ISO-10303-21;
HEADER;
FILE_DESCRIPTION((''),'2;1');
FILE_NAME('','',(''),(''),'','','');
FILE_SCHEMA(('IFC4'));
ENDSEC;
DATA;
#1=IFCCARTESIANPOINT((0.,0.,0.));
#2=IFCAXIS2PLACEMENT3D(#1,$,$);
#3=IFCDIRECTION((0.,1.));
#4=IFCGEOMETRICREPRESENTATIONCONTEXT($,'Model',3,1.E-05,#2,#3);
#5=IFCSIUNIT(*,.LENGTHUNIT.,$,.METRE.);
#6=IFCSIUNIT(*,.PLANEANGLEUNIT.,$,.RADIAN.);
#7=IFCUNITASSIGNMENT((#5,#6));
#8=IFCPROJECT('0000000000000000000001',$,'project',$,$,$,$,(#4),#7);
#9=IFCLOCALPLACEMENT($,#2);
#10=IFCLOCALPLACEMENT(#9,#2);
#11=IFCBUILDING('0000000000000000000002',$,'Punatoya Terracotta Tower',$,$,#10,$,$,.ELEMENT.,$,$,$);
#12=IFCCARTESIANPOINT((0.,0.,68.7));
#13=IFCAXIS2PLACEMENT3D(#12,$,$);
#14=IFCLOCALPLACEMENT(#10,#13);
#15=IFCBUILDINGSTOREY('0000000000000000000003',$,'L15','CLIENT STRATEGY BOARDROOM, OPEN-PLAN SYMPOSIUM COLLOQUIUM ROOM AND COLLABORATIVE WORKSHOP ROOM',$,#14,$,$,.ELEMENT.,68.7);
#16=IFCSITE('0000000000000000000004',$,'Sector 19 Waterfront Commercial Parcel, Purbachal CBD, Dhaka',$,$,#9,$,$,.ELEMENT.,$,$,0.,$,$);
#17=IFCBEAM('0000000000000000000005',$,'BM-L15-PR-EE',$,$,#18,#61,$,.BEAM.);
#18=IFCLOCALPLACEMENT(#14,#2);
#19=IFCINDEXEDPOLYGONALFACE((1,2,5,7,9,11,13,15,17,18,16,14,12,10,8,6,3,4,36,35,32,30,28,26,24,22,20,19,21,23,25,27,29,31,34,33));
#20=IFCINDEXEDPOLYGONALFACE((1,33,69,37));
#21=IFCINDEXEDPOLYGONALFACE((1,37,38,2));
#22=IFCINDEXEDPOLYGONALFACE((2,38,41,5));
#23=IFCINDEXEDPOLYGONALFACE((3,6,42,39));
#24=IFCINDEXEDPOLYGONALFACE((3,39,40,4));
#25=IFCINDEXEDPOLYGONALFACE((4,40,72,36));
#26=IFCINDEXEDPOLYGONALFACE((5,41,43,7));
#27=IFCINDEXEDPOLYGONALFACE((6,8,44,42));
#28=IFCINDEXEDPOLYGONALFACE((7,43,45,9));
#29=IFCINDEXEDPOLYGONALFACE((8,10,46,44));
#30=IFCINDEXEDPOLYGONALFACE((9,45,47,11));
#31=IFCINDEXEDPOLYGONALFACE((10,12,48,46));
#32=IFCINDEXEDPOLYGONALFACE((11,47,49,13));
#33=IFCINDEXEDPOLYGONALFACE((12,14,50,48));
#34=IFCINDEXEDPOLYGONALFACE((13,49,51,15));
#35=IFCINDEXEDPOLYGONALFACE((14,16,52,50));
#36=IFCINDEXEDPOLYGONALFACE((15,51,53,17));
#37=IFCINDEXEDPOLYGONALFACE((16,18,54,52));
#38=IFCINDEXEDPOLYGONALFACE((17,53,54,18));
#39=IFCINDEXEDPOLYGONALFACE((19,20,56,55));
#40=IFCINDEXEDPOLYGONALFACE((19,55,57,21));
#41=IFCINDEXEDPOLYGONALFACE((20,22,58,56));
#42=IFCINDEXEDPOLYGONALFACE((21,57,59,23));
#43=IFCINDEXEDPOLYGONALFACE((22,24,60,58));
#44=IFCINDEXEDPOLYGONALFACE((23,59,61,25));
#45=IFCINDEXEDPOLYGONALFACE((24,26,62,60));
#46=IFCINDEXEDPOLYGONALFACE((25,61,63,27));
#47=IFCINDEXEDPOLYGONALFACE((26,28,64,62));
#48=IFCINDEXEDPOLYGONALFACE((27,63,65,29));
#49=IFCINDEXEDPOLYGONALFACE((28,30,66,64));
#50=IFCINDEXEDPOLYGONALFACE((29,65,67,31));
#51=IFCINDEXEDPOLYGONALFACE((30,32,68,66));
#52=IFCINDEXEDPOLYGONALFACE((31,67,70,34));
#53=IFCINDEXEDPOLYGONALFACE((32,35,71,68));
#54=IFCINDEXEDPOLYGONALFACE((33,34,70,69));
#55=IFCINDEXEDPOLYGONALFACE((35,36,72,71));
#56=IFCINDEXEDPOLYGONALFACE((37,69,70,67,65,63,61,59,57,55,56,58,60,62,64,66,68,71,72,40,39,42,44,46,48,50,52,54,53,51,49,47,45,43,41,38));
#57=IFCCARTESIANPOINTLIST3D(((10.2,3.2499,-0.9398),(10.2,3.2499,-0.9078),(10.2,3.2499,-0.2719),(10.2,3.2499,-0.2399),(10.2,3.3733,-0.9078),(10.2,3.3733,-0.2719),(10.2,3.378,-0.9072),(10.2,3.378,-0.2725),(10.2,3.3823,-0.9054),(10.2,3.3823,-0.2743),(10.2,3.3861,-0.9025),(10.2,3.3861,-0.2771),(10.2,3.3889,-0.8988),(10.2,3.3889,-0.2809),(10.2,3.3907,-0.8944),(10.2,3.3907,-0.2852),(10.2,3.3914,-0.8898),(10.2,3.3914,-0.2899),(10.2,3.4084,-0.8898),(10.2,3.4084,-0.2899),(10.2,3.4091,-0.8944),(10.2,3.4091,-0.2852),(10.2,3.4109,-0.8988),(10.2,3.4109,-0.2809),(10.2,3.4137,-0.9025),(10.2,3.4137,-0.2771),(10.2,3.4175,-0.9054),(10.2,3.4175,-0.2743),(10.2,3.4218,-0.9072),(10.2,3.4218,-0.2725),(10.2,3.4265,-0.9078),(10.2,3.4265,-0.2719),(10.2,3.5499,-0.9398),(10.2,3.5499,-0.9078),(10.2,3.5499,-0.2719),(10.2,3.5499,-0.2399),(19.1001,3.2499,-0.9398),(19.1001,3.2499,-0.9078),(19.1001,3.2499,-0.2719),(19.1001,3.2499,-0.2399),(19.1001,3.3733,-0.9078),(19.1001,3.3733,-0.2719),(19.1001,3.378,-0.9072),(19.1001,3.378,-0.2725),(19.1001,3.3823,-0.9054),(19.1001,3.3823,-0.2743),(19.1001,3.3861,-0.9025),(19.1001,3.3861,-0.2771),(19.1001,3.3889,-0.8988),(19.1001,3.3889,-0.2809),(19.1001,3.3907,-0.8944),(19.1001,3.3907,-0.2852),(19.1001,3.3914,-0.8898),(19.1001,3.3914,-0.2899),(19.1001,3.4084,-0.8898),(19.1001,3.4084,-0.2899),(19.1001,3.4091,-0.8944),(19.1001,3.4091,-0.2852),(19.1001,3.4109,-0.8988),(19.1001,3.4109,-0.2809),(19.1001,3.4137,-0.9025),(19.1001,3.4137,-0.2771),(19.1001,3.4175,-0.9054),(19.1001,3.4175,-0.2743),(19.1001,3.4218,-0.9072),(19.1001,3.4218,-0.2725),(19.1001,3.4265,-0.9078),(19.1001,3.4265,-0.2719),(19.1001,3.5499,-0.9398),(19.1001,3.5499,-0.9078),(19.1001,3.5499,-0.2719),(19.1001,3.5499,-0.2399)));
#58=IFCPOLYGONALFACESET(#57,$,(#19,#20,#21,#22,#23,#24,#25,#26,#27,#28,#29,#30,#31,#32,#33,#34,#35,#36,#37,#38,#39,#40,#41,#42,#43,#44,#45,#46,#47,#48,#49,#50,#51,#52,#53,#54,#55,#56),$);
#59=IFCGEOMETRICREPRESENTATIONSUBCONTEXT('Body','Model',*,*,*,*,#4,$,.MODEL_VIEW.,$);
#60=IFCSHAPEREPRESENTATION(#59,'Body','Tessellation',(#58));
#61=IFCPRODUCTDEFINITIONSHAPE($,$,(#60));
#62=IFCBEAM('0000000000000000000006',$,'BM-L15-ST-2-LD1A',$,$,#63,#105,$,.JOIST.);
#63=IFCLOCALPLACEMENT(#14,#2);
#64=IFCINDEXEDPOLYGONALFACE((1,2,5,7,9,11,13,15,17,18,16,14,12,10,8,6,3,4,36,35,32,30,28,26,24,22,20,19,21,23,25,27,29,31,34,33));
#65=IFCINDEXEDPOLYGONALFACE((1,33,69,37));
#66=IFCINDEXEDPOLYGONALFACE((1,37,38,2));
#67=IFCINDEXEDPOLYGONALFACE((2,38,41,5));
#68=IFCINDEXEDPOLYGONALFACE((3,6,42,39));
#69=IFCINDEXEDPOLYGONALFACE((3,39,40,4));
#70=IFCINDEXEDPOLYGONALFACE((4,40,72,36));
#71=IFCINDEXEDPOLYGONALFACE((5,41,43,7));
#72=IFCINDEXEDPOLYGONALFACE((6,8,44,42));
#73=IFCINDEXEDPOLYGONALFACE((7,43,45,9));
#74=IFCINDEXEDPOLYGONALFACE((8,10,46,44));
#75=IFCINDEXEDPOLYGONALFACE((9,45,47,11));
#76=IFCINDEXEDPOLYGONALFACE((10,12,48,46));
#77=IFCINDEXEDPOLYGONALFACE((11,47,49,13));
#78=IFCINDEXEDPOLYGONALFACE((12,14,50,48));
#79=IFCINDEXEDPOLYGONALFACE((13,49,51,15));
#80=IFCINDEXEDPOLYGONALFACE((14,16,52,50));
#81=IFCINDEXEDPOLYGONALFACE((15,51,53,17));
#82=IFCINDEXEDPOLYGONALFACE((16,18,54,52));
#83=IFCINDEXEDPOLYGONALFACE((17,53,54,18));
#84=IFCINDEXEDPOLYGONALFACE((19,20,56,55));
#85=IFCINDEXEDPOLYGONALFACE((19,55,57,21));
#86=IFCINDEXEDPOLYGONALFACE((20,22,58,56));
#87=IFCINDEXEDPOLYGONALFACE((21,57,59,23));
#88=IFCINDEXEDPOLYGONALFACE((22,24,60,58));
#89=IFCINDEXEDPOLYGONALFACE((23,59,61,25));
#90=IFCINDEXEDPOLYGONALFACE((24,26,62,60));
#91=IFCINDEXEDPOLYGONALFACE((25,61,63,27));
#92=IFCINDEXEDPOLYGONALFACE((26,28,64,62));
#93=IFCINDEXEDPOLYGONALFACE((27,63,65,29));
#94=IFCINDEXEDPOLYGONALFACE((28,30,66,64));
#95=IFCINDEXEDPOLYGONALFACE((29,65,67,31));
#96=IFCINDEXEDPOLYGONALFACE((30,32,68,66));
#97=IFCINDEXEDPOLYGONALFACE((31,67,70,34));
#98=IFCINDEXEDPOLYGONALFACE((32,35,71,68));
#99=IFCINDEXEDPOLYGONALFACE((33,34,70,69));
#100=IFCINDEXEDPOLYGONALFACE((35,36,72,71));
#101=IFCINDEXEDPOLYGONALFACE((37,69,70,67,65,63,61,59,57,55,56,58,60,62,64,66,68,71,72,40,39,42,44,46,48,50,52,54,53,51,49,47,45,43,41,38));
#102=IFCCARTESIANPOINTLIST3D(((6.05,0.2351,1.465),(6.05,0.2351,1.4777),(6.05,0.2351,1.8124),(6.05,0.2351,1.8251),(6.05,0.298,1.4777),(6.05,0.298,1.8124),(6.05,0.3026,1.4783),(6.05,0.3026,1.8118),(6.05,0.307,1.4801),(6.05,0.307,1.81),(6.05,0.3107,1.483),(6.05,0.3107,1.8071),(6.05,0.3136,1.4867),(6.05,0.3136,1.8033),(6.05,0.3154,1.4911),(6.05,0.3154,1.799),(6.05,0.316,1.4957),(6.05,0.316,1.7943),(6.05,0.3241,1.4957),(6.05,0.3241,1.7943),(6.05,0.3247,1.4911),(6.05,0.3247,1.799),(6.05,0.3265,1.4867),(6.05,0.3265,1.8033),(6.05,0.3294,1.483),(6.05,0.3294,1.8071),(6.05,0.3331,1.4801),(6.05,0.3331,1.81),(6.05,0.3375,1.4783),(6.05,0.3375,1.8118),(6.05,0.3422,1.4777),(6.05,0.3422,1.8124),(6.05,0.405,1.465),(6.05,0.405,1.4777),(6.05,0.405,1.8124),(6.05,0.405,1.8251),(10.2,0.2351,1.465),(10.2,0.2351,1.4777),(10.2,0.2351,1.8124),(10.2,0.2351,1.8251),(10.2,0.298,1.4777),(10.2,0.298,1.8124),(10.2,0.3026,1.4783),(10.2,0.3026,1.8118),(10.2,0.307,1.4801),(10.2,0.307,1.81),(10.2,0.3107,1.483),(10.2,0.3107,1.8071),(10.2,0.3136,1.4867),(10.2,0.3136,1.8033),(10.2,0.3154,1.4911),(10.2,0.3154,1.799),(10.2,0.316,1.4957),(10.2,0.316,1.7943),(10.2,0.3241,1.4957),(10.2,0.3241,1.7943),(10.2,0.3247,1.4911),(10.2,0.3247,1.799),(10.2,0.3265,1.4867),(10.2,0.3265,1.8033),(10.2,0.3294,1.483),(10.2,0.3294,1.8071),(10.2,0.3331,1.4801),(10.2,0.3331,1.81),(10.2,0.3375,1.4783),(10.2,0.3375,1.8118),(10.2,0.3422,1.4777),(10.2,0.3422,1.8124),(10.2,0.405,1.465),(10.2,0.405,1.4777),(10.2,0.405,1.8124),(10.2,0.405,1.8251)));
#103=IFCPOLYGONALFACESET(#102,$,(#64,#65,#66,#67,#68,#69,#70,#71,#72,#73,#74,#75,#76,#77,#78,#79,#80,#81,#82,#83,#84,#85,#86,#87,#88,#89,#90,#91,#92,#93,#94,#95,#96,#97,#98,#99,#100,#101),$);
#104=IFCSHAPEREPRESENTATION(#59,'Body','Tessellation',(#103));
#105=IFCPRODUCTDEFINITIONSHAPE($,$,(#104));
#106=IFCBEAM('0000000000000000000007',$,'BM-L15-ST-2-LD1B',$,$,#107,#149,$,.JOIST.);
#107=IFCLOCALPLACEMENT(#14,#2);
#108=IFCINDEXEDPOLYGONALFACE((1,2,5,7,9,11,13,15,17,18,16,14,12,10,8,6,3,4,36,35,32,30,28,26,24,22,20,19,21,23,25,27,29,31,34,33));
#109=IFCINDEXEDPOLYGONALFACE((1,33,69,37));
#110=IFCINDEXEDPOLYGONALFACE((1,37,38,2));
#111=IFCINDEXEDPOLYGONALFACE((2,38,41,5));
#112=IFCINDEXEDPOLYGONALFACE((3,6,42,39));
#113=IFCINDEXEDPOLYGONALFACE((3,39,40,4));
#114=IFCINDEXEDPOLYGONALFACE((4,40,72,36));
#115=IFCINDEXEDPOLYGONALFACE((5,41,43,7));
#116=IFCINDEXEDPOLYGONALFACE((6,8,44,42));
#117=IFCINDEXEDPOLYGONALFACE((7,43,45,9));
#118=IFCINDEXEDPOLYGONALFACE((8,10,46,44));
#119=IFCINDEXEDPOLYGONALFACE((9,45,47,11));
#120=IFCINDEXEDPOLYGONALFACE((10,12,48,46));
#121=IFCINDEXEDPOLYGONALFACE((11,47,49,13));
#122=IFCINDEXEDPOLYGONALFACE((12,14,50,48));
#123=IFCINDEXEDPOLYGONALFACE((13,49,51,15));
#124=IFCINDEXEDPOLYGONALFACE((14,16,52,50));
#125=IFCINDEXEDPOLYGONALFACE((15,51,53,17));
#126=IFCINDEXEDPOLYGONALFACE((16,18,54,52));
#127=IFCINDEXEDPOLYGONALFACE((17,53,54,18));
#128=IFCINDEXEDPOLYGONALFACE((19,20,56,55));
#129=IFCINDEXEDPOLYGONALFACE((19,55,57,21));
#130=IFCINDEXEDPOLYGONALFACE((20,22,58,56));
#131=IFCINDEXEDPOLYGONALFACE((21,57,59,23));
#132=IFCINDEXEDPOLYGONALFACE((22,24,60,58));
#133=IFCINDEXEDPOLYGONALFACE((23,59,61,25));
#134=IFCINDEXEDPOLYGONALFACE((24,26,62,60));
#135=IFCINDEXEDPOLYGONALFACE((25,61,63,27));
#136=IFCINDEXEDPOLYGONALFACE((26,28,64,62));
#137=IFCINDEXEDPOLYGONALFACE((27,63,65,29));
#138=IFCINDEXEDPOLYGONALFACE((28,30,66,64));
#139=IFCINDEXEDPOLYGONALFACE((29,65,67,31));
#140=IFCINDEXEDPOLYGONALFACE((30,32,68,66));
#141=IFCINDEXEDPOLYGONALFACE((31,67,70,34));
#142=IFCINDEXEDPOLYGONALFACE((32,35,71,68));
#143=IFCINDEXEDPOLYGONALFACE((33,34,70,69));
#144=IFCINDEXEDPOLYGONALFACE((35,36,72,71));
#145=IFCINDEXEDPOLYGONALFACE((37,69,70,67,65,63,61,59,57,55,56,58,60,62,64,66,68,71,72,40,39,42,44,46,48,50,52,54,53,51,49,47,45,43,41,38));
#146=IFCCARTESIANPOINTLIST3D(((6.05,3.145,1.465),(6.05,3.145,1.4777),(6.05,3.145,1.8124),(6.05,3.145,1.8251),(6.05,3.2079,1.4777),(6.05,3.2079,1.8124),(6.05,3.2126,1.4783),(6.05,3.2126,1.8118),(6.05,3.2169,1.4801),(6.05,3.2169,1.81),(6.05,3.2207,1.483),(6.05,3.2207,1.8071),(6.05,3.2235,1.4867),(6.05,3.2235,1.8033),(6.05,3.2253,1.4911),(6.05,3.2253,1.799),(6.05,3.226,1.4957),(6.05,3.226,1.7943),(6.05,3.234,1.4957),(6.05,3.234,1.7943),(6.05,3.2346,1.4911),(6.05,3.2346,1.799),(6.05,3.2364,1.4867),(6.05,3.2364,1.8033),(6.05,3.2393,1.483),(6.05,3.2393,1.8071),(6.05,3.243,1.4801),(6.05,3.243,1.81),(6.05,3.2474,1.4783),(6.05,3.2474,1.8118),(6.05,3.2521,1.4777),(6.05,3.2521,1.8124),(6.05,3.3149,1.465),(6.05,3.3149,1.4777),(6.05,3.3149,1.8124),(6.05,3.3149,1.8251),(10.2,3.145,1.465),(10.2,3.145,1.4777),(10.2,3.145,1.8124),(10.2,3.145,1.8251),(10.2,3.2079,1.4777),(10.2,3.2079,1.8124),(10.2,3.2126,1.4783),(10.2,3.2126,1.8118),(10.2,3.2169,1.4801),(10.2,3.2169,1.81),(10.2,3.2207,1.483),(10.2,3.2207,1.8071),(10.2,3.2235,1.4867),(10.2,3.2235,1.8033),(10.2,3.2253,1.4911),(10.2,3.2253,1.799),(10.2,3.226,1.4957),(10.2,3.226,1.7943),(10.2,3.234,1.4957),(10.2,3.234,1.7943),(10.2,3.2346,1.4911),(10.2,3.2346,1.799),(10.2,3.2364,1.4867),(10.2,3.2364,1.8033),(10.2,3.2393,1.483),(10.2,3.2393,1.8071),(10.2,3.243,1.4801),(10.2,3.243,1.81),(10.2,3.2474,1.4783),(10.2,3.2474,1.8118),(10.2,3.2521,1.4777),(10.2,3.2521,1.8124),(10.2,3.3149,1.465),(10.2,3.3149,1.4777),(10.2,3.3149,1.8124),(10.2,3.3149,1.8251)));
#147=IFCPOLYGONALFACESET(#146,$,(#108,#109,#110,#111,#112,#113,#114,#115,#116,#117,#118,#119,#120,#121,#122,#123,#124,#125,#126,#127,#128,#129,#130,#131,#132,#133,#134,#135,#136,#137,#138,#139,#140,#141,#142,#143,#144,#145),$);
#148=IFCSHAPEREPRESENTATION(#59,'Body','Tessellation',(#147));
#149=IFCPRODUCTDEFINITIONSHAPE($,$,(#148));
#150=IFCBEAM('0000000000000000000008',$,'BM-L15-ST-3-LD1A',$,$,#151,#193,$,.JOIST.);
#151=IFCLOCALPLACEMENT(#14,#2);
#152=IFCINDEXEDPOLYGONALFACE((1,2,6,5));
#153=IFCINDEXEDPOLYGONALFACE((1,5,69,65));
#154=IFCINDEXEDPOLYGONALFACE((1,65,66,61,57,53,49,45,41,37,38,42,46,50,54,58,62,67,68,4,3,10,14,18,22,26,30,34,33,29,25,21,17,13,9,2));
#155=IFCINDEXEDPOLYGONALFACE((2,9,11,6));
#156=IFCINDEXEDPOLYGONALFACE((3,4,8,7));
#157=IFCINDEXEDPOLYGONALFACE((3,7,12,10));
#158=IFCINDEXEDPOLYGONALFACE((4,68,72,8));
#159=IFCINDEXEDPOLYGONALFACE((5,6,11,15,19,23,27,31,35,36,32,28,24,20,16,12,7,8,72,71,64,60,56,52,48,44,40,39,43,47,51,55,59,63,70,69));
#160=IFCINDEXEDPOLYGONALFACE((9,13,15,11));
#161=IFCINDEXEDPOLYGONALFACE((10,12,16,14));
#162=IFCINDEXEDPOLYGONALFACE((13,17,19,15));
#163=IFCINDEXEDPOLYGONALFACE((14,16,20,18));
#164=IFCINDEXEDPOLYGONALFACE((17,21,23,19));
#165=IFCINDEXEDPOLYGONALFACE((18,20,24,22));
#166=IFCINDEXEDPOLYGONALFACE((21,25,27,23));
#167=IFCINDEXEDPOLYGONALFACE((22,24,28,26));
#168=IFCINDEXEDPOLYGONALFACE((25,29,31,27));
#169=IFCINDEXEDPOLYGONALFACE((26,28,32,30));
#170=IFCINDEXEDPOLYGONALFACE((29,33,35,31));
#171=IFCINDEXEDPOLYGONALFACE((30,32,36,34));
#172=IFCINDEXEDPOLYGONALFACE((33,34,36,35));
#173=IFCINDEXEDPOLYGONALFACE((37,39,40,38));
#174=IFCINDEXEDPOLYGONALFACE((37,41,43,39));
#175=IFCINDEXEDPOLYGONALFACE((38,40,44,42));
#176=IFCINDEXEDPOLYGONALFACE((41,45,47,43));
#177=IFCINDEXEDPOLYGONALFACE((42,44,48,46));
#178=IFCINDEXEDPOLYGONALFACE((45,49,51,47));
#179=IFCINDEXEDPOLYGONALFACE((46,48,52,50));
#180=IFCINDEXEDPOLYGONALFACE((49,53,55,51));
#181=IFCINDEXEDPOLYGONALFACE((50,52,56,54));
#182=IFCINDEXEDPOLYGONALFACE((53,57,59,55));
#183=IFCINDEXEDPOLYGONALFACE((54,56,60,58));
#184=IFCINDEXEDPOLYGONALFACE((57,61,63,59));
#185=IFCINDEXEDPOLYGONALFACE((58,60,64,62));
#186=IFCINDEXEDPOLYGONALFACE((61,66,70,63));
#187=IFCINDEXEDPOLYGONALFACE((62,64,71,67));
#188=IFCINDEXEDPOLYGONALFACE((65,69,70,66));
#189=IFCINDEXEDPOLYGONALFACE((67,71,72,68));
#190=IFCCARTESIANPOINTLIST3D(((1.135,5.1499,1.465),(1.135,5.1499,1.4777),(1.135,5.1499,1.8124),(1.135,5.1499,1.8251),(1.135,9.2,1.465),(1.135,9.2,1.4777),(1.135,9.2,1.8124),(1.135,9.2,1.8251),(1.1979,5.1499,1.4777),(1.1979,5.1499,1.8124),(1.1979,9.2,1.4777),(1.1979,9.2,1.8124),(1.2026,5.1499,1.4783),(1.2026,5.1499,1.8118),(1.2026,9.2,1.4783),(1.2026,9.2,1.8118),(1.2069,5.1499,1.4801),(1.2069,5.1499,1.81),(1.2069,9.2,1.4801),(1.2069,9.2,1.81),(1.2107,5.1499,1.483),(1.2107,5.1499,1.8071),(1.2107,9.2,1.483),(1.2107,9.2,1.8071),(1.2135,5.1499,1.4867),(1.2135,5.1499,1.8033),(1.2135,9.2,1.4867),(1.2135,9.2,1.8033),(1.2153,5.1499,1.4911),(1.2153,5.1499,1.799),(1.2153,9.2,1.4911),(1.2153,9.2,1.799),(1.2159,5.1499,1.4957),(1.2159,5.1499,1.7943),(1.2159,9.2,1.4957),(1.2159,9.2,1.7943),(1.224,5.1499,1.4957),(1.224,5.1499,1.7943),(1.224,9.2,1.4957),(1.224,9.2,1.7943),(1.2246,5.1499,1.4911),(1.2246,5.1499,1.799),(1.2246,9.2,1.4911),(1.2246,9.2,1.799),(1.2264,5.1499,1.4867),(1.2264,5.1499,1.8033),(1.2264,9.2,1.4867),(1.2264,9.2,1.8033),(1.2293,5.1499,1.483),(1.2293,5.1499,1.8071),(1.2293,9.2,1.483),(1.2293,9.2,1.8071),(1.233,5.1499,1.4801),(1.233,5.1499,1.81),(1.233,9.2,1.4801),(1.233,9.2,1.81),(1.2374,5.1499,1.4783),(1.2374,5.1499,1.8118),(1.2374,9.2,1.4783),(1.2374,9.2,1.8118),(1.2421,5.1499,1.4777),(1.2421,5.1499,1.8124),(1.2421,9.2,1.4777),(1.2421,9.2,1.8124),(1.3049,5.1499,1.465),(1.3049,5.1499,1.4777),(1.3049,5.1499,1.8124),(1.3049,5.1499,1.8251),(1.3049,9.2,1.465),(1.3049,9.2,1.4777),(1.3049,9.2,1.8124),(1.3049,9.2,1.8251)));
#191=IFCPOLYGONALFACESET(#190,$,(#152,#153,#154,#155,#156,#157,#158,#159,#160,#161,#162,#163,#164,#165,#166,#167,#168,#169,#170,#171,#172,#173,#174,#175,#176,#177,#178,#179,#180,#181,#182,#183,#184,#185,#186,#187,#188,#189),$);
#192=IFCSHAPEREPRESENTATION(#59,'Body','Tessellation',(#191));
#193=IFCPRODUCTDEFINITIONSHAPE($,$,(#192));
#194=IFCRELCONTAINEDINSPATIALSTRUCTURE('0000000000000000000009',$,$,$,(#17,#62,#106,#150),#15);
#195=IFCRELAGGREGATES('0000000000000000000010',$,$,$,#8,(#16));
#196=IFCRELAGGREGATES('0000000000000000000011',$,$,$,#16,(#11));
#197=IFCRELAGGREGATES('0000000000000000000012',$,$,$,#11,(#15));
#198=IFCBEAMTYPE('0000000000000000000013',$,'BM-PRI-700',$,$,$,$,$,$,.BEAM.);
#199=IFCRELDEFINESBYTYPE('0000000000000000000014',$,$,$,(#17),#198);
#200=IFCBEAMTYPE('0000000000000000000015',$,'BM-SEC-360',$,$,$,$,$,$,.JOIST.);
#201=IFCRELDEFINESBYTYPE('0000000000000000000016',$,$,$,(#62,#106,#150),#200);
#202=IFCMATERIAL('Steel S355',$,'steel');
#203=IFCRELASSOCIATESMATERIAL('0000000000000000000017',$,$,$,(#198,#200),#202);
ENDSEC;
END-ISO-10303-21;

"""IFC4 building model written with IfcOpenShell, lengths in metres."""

from ifc_helpers import new_model, si_unit, direction, frame, origin, origin_2d, place, context, subcontext, project, spatial, i_section, extrude, material, material_profile, profile_set, type_object, element, save


model = new_model("IFC4")

# Units and contexts
model_context = context("Model", 3, precision=1e-05, world=origin(), true_north=direction((0.0, 1.0)))
body_context = subcontext(model_context, "Body", "Model", "MODEL_VIEW")
ifc_project = project(units=[si_unit("LENGTHUNIT", "METRE"), si_unit("PLANEANGLEUNIT", "RADIAN")], contexts=[model_context])

# Site, building, storey
site_placement = place(None, origin())
site = spatial("IfcSite", under=ifc_project, at=site_placement, Name="Sector 19 Waterfront Commercial Parcel, Purbachal CBD, Dhaka", CompositionType="ELEMENT", RefElevation=0.0)
building_placement = place(site_placement, origin())
building = spatial("IfcBuilding", under=site, at=building_placement, Name="Punatoya Terracotta Tower", CompositionType="ELEMENT")
storey_placement = place(building_placement, frame((0.0, 0.0, 68.7)))
storey = spatial("IfcBuildingStorey", under=building, at=storey_placement, Name="L15", Description="CLIENT STRATEGY BOARDROOM, OPEN-PLAN SYMPOSIUM COLLOQUIUM ROOM AND COLLABORATIVE WORKSHOP ROOM", CompositionType="ELEMENT", Elevation=68.7)

# Beams
ifc_material_1 = material(Name="Steel S355", Category="steel")
ifc_material_profile_1 = material_profile(ifc_material_1, i_section(OverallWidth=0.3, OverallDepth=0.7, WebThickness=0.0171, FlangeThickness=0.032, FilletRadius=0.0181, at=origin_2d()))
ifc_profile_set_1 = profile_set([ifc_material_profile_1], Name="Steel S355")
beam_type_1 = type_object("IfcBeamType", Name="BM-PRI-700", PredefinedType="BEAM", material=ifc_profile_set_1)
beam_placement = place(storey_placement, frame((10.2, 3.3999, -0.5898), z_axis=(1.0, 0.0, 0.0), x_axis=(0.0, 1.0, 0.0)))
element("IfcBeam", 1, at=beam_placement, inside=storey, type_object=beam_type_1, Name="BM-L15-PR-EE", PredefinedType="BEAM", context=body_context, shape_type="SweptSolid", body=[
    extrude(i_section(OverallWidth=0.3, OverallDepth=0.7, WebThickness=0.0171, FlangeThickness=0.032, FilletRadius=0.0181, at=origin_2d()), origin(), (0.0, 0.0, 1.0), 8.9001),
])
ifc_material_profile_2 = material_profile(ifc_material_1, i_section(OverallWidth=0.1699, OverallDepth=0.3601, WebThickness=0.0081, FlangeThickness=0.0127, FilletRadius=0.0181, at=origin_2d()))
ifc_profile_set_2 = profile_set([ifc_material_profile_2], Name="Steel S355")
beam_type_2 = type_object("IfcBeamType", Name="BM-SEC-360", PredefinedType="JOIST", material=ifc_profile_set_2)
for number, where, z_axis, x_axis, name in (
    (2, (6.05, 0.3201, 1.645), (1.0, 0.0, 0.0), (0.0, 1.0, 0.0), "BM-L15-ST-2-LD1A"),
    (3, (6.05, 3.23, 1.645), (1.0, 0.0, 0.0), (0.0, 1.0, 0.0), "BM-L15-ST-2-LD1B"),
):
    element("IfcBeam", number, at=place(storey_placement, frame(where, z_axis=z_axis, x_axis=x_axis)), inside=storey, type_object=beam_type_2, Name=name, PredefinedType="JOIST", context=body_context, shape_type="SweptSolid", body=[
        extrude(i_section(OverallWidth=0.1699, OverallDepth=0.3601, WebThickness=0.0081, FlangeThickness=0.0127, FilletRadius=0.0181, at=origin_2d()), origin(), (0.0, 0.0, 1.0), 4.1499),
    ])
for number, where, z_axis, x_axis, name in (
    (4, (1.22, 5.1499, 1.645), (0.0, 1.0, 0.0), (-1.0, 0.0, 0.0), "BM-L15-ST-3-LD1A"),
):
    element("IfcBeam", number, at=place(storey_placement, frame(where, z_axis=z_axis, x_axis=x_axis)), inside=storey, type_object=beam_type_2, Name=name, PredefinedType="JOIST", context=body_context, shape_type="SweptSolid", body=[
        extrude(i_section(OverallWidth=0.1699, OverallDepth=0.3601, WebThickness=0.0081, FlangeThickness=0.0127, FilletRadius=0.0181, at=origin_2d()), origin(), (0.0, 0.0, 1.0), 4.05),
    ])

save(model, "model.ifc")
